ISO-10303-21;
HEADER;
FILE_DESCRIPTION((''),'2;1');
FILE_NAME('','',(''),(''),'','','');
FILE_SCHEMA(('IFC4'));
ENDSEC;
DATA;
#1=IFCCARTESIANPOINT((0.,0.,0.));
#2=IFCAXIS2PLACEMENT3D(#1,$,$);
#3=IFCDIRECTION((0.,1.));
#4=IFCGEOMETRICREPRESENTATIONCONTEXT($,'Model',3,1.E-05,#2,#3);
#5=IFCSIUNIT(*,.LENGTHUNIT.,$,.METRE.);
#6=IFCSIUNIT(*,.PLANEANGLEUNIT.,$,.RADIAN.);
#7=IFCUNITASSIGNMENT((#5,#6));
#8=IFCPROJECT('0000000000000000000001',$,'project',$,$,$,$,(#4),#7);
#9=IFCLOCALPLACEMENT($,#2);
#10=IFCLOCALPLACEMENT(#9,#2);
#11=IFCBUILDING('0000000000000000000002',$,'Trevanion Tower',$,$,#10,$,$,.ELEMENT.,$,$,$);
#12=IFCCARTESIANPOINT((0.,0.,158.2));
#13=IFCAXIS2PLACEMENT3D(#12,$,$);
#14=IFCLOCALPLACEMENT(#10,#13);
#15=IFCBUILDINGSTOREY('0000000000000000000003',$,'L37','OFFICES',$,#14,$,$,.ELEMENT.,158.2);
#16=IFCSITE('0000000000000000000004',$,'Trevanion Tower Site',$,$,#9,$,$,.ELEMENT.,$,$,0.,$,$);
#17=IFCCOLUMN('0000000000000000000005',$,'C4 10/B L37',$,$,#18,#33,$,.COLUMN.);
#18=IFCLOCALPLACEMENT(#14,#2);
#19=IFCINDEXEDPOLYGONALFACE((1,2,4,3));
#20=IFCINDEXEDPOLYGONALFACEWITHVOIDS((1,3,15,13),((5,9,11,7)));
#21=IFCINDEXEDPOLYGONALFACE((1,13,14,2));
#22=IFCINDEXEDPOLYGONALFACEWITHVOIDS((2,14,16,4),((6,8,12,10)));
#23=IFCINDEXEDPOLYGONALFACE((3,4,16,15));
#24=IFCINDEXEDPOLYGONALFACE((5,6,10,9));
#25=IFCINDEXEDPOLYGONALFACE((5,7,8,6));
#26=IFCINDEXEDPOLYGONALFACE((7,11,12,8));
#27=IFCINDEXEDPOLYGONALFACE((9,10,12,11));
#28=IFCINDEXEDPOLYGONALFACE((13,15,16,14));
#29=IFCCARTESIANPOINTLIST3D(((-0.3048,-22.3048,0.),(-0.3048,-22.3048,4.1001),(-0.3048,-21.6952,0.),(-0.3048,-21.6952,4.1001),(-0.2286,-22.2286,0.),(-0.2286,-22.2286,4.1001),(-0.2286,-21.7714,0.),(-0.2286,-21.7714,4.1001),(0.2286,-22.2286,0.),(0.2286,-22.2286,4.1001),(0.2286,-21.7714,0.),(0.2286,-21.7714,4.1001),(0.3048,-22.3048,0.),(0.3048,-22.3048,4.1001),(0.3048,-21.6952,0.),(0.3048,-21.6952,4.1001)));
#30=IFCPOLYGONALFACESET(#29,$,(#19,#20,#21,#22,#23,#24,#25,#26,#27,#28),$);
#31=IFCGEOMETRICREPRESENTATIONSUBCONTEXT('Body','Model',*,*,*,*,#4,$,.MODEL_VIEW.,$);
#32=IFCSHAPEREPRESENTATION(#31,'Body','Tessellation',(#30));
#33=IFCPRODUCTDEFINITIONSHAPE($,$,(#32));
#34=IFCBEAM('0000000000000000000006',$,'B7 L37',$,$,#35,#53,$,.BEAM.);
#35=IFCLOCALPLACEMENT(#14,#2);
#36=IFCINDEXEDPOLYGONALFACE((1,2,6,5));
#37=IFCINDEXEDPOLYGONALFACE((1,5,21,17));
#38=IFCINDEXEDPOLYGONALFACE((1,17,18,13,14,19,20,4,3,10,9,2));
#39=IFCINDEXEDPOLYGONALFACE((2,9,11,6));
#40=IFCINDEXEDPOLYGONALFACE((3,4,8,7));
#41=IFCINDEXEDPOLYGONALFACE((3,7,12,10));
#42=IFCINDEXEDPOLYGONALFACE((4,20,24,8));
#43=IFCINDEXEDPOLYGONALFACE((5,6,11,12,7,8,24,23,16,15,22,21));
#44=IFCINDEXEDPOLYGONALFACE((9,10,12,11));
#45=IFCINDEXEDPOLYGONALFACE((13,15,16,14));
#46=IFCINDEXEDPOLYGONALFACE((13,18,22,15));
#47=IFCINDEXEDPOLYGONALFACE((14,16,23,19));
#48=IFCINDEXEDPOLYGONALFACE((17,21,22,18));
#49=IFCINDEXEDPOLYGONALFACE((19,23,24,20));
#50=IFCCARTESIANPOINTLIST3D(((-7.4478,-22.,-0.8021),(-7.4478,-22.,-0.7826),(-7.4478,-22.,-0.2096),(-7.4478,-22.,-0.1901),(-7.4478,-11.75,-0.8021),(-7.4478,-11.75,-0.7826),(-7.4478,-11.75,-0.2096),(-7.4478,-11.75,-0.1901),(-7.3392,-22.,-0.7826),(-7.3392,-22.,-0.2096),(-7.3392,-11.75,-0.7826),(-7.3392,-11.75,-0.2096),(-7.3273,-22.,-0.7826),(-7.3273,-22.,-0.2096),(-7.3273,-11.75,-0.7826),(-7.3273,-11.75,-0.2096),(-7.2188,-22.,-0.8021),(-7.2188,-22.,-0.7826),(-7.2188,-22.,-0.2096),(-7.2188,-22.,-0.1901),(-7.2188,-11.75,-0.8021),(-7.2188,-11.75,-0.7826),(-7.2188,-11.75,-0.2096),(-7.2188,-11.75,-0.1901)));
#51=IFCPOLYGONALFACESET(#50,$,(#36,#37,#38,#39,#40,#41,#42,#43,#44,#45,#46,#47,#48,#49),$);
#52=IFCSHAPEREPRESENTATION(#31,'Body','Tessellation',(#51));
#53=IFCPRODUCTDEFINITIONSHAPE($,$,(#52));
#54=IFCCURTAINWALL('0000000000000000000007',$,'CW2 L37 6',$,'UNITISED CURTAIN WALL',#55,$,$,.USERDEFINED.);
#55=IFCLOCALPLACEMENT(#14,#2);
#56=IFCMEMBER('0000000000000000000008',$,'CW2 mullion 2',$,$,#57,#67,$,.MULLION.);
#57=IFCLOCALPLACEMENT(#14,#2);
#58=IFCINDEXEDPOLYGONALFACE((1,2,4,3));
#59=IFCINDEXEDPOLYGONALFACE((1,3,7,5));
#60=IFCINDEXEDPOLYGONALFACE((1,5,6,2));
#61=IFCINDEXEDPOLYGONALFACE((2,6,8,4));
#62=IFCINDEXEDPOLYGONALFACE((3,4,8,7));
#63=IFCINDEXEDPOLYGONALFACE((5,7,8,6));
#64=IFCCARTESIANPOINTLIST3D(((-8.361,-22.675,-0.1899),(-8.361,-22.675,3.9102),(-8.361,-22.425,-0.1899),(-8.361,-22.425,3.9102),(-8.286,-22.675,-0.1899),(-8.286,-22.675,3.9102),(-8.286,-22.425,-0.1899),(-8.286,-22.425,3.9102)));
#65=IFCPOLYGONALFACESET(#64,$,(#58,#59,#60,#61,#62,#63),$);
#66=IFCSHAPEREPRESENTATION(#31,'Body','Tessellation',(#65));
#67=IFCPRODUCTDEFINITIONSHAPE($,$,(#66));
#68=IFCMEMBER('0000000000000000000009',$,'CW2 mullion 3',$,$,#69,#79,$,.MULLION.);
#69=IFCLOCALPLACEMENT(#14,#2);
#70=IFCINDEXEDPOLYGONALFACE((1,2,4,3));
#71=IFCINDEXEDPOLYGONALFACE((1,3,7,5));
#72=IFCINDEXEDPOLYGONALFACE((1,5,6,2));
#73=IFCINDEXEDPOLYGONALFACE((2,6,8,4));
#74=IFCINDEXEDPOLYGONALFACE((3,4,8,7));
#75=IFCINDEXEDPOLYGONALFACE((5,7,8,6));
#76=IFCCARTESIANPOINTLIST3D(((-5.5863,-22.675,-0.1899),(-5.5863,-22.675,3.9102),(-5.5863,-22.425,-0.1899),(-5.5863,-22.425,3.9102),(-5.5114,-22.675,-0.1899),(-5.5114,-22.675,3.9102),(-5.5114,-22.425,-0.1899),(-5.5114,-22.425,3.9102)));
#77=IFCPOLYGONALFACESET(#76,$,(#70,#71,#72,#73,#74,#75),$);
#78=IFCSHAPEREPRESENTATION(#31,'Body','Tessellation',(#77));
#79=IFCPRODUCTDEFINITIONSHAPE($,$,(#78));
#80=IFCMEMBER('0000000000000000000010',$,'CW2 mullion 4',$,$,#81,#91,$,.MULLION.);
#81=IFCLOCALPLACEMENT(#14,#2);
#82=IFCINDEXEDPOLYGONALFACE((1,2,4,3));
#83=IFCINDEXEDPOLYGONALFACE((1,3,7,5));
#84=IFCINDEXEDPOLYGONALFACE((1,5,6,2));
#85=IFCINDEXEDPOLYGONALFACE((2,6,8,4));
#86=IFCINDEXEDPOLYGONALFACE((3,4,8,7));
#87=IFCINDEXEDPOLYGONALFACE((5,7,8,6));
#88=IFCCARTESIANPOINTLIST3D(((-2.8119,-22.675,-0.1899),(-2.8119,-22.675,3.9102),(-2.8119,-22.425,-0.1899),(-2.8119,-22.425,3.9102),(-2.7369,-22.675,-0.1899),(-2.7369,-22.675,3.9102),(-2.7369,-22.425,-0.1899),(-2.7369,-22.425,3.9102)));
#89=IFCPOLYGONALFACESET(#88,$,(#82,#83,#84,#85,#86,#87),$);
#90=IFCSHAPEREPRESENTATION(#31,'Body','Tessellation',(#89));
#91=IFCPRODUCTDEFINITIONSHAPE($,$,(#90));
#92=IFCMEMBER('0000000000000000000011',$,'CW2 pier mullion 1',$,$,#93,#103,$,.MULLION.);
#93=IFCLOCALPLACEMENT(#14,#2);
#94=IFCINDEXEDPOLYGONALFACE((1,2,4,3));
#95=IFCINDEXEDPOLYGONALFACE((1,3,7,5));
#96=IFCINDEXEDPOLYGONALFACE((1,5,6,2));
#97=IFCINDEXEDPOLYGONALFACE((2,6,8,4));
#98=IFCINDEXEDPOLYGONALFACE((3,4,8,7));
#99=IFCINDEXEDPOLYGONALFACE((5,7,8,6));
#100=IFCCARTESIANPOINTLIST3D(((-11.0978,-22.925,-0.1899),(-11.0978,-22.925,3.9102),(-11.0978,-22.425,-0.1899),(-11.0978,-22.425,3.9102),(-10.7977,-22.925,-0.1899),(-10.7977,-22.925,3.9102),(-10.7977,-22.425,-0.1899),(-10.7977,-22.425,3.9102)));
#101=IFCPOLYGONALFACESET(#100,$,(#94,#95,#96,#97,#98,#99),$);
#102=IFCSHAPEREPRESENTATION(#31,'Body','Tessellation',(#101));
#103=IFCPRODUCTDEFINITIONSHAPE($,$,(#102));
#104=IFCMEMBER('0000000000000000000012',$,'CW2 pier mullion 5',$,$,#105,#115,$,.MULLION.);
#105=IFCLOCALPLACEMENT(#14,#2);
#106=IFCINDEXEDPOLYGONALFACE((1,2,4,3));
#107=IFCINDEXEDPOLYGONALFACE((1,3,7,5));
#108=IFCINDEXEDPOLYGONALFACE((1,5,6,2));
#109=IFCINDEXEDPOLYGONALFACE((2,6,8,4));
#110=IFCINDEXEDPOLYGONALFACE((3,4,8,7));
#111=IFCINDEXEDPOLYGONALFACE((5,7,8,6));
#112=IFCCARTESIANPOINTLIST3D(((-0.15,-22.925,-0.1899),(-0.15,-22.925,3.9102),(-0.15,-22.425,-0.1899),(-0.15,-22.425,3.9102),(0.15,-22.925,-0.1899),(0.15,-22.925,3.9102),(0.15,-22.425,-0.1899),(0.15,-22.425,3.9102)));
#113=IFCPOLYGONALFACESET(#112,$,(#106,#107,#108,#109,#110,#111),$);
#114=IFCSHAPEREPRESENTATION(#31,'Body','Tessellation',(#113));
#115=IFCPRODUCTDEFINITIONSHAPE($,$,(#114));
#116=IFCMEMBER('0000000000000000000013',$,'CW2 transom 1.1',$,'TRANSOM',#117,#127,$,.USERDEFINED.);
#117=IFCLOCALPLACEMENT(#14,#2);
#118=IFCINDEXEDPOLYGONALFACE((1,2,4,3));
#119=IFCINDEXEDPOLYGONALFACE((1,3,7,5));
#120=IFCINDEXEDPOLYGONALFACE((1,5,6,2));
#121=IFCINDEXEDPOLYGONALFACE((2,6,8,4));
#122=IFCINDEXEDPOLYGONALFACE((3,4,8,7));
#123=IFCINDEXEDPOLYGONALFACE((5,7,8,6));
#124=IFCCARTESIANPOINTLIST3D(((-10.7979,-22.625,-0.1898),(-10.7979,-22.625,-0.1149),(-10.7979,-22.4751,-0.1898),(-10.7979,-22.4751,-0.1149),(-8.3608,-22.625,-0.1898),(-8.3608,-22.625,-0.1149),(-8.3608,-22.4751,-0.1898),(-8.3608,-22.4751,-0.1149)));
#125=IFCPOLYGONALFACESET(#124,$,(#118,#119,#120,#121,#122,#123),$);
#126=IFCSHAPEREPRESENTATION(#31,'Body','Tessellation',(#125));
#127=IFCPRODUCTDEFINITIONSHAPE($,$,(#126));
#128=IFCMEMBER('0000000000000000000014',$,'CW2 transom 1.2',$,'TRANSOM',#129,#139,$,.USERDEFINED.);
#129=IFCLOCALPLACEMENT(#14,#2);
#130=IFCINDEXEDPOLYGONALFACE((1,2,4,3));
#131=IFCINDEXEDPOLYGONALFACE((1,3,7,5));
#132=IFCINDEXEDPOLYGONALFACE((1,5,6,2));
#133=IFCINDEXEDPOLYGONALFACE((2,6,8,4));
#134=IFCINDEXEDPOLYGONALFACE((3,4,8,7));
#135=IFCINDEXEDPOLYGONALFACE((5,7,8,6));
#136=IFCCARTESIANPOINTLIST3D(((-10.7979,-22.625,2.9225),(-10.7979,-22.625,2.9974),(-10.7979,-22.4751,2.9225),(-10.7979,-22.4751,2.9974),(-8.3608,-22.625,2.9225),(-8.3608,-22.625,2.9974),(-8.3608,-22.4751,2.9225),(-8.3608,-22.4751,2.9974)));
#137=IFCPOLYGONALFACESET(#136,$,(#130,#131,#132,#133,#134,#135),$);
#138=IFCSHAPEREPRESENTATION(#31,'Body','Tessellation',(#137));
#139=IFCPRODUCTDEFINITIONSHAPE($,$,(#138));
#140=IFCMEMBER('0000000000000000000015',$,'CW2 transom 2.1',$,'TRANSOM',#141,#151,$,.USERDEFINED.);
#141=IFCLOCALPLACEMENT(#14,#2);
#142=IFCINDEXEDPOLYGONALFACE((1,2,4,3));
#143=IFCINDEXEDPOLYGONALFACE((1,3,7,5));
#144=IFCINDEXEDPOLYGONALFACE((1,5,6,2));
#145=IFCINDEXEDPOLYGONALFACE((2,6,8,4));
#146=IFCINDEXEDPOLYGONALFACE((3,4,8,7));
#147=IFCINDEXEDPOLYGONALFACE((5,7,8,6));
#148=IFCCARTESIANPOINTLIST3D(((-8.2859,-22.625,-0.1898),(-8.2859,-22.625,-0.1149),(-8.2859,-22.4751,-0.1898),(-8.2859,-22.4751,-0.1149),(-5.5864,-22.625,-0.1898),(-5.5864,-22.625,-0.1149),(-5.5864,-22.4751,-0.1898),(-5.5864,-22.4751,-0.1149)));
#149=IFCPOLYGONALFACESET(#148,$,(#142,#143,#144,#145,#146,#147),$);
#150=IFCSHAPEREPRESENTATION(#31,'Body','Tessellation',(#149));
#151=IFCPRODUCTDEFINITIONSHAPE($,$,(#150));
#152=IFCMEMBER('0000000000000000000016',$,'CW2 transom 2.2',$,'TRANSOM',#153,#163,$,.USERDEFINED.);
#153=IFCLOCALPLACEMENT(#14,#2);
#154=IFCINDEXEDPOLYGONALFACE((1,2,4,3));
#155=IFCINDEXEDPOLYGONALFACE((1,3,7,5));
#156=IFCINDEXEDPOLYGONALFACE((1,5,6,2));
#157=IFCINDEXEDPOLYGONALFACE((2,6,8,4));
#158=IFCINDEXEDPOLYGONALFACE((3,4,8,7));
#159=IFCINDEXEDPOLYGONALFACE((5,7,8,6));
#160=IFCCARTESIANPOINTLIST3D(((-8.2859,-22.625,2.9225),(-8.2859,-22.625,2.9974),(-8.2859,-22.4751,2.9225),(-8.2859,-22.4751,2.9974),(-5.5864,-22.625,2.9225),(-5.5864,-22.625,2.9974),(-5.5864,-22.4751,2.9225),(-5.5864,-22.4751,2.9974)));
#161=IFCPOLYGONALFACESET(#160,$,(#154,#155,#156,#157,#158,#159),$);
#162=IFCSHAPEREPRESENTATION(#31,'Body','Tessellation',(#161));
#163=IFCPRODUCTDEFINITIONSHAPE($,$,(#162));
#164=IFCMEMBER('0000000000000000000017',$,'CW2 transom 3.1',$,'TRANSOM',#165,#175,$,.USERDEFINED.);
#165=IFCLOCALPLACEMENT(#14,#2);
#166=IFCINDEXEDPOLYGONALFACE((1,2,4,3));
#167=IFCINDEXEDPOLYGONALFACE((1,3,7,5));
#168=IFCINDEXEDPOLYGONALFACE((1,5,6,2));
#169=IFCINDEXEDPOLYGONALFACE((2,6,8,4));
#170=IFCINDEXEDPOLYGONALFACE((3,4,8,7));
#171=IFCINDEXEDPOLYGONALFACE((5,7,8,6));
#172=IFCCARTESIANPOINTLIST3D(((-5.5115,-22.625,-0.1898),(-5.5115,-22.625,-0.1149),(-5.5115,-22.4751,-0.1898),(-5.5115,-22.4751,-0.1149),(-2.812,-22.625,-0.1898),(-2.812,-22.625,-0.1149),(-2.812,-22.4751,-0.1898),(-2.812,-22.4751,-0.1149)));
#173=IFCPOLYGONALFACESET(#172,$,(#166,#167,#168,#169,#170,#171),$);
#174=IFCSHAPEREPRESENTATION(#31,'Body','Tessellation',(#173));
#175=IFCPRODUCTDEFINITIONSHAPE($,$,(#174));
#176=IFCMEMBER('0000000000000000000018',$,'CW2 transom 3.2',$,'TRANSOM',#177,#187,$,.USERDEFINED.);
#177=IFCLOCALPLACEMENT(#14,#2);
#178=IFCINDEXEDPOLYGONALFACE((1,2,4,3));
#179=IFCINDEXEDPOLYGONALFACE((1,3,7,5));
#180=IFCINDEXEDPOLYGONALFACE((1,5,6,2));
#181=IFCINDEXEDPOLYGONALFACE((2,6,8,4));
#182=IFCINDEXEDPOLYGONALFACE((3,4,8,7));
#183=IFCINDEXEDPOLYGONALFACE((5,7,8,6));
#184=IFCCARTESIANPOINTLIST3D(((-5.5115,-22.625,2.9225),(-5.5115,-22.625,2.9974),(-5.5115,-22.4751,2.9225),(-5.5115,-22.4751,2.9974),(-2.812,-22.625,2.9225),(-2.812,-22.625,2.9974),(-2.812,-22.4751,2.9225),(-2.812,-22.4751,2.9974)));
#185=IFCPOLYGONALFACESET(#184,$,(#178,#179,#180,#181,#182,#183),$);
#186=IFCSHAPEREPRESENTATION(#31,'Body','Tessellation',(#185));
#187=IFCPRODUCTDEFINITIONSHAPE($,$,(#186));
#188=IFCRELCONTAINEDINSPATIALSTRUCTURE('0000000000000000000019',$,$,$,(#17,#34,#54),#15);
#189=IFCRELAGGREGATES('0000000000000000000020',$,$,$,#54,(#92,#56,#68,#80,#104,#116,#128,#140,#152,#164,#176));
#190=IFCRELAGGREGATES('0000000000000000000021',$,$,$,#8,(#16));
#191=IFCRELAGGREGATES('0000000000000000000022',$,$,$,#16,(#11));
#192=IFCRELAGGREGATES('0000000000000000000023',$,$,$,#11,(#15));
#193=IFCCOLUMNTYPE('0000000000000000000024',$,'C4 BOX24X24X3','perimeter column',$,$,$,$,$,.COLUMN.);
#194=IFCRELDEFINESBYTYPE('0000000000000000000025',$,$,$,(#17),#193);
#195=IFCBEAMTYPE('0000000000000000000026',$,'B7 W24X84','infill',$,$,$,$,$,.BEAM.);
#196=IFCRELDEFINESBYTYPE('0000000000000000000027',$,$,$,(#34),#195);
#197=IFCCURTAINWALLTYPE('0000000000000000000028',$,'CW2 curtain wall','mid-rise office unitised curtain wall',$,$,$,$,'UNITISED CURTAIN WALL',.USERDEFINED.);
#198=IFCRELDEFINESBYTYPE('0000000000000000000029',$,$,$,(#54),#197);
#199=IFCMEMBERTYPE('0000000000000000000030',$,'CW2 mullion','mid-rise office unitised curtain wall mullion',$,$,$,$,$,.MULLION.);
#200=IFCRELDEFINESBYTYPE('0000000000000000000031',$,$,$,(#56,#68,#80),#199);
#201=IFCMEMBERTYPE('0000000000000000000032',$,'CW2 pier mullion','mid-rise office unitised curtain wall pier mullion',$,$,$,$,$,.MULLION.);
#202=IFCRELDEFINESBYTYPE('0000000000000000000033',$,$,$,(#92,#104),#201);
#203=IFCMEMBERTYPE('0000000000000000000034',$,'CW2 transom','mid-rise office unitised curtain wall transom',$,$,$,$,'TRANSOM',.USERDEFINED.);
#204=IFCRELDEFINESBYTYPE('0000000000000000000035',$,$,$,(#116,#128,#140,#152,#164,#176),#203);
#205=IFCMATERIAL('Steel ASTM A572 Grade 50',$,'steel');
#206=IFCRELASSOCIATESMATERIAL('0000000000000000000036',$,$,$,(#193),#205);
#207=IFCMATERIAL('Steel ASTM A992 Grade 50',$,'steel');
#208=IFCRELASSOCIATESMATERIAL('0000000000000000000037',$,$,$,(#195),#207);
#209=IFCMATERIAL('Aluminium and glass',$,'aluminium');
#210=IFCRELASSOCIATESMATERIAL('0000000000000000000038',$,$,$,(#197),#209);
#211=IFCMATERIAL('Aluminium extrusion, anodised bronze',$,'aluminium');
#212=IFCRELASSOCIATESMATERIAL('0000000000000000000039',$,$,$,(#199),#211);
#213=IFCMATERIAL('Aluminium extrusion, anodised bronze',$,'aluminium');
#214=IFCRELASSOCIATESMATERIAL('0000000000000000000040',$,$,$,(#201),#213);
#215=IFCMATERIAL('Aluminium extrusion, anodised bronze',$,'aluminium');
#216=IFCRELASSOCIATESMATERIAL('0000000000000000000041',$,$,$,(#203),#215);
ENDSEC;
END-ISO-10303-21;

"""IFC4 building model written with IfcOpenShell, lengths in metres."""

from ifc_helpers import new_model, si_unit, direction, frame, origin, origin_2d, place, context, subcontext, project, spatial, rectangle, hollow_rectangle, i_section, extrude, material, material_profile, profile_set, type_object, element, aggregate, save


model = new_model("IFC4")

# Units and contexts
model_context = context("Model", 3, precision=1e-05, world=origin(), true_north=direction((0.0, 1.0)))
body_context = subcontext(model_context, "Body", "Model", "MODEL_VIEW")
ifc_project = project(units=[si_unit("LENGTHUNIT", "METRE"), si_unit("PLANEANGLEUNIT", "RADIAN")], contexts=[model_context])

# Site, building, storey
site_placement = place(None, origin())
site = spatial("IfcSite", under=ifc_project, at=site_placement, Name="Trevanion Tower Site", CompositionType="ELEMENT", RefElevation=0.0)
building_placement = place(site_placement, origin())
building = spatial("IfcBuilding", under=site, at=building_placement, Name="Trevanion Tower", CompositionType="ELEMENT")
storey_placement = place(building_placement, frame((0.0, 0.0, 158.2)))
storey = spatial("IfcBuildingStorey", under=building, at=storey_placement, Name="L37", Description="OFFICES", CompositionType="ELEMENT", Elevation=158.2)

# Column
ifc_material_1 = material(Name="Steel ASTM A572 Grade 50", Category="steel")
ifc_material_profile_1 = material_profile(ifc_material_1, hollow_rectangle(XDim=0.6096, YDim=0.6096, WallThickness=0.0762, at=origin_2d()), Name="BOX24X24X3")
ifc_profile_set_1 = profile_set([ifc_material_profile_1], Name="Steel ASTM A572 Grade 50")
column_type = type_object("IfcColumnType", Name="C4 BOX24X24X3", Description="perimeter column", PredefinedType="COLUMN", material=ifc_profile_set_1)
column_placement = place(storey_placement, frame((0.0, -22.0, 0.0), z_axis=(0.0, 0.0, 1.0), x_axis=(1.0, 0.0, 0.0)))
element("IfcColumn", 1, at=column_placement, inside=storey, type_object=column_type, Name="C4 10/B L37", PredefinedType="COLUMN", context=body_context, shape_type="SweptSolid", body=[
    extrude(hollow_rectangle(XDim=0.6096, YDim=0.6096, WallThickness=0.0762, at=origin_2d()), origin(), (0.0, 0.0, 1.0), 4.1001),
])

# Beam
ifc_material_2 = material(Name="Steel ASTM A992 Grade 50", Category="steel")
ifc_material_profile_2 = material_profile(ifc_material_2, i_section(OverallWidth=0.229, OverallDepth=0.6121, WebThickness=0.012, FlangeThickness=0.0195, at=origin_2d()), Name="W24X84")
ifc_profile_set_2 = profile_set([ifc_material_profile_2], Name="Steel ASTM A992 Grade 50")
beam_type_1 = type_object("IfcBeamType", Name="B7 W24X84", Description="infill", PredefinedType="BEAM", material=ifc_profile_set_2)
beam_1_placement = place(storey_placement, frame((-7.3333, -11.75, -0.4961), z_axis=(0.0, -1.0, 0.0), x_axis=(1.0, 0.0, 0.0)))
element("IfcBeam", 2, at=beam_1_placement, inside=storey, type_object=beam_type_1, Name="B7 L37", PredefinedType="BEAM", context=body_context, shape_type="SweptSolid", body=[
    extrude(i_section(OverallWidth=0.229, OverallDepth=0.6121, WebThickness=0.012, FlangeThickness=0.0195, at=origin_2d()), origin(), (0.0, 0.0, 1.0), 10.25),
])

# Curtain wall, members
ifc_material_3 = material(Name="Aluminium and glass", Category="aluminium")
curtain_wall_type = type_object("IfcCurtainWallType", Name="CW2 curtain wall", Description="mid-rise office unitised curtain wall", ElementType="UNITISED CURTAIN WALL", PredefinedType="USERDEFINED", material=ifc_material_3)
curtain_wall_placement = place(storey_placement, origin())
curtain_wall = element("IfcCurtainWall", 3, at=curtain_wall_placement, inside=storey, type_object=curtain_wall_type, Name="CW2 L37 6", ObjectType="UNITISED CURTAIN WALL", PredefinedType="USERDEFINED")
ifc_material_4 = material(Name="Aluminium extrusion, anodised bronze", Category="aluminium")
ifc_material_profile_3 = material_profile(ifc_material_4, rectangle(XDim=0.075, YDim=0.25, at=origin_2d()), Name="CW2 mullion")
ifc_profile_set_3 = profile_set([ifc_material_profile_3], Name="Aluminium extrusion, anodised bronze")
member_type_1 = type_object("IfcMemberType", Name="CW2 mullion", Description="mid-rise office unitised curtain wall mullion", PredefinedType="MULLION", material=ifc_profile_set_3)
member_1_placement = place(storey_placement, frame((-8.3235, -22.55, -0.1899), z_axis=(0.0, 0.0, 1.0), x_axis=(1.0, 0.0, 0.0)))
member_1 = element("IfcMember", 4, at=member_1_placement, type_object=member_type_1, Name="CW2 mullion 2", PredefinedType="MULLION", context=body_context, shape_type="SweptSolid", body=[
    extrude(rectangle(XDim=0.075, YDim=0.25, at=origin_2d()), origin(), (0.0, 0.0, 1.0), 4.1001),
])
member_2_placement = place(storey_placement, frame((-5.5488, -22.55, -0.1899), z_axis=(0.0, 0.0, 1.0), x_axis=(1.0, 0.0, 0.0)))
member_2 = element("IfcMember", 5, at=member_2_placement, type_object=member_type_1, Name="CW2 mullion 3", PredefinedType="MULLION", context=body_context, shape_type="SweptSolid", body=[
    extrude(rectangle(XDim=0.075, YDim=0.25, at=origin_2d()), origin(), (0.0, 0.0, 1.0), 4.1001),
])
member_3_placement = place(storey_placement, frame((-2.7744, -22.55, -0.1899), z_axis=(0.0, 0.0, 1.0), x_axis=(1.0, 0.0, 0.0)))
member_3 = element("IfcMember", 6, at=member_3_placement, type_object=member_type_1, Name="CW2 mullion 4", PredefinedType="MULLION", context=body_context, shape_type="SweptSolid", body=[
    extrude(rectangle(XDim=0.075, YDim=0.25, at=origin_2d()), origin(), (0.0, 0.0, 1.0), 4.1001),
])
ifc_material_5 = material(Name="Aluminium extrusion, anodised bronze", Category="aluminium")
ifc_material_profile_4 = material_profile(ifc_material_5, rectangle(XDim=0.3, YDim=0.5, at=origin_2d()), Name="CW2 pier mullion")
ifc_profile_set_4 = profile_set([ifc_material_profile_4], Name="Aluminium extrusion, anodised bronze")
member_type_2 = type_object("IfcMemberType", Name="CW2 pier mullion", Description="mid-rise office unitised curtain wall pier mullion", PredefinedType="MULLION", material=ifc_profile_set_4)
member_4_placement = place(storey_placement, frame((-10.9478, -22.675, -0.1899), z_axis=(0.0, 0.0, 1.0), x_axis=(1.0, 0.0, 0.0)))
member_4 = element("IfcMember", 7, at=member_4_placement, type_object=member_type_2, Name="CW2 pier mullion 1", PredefinedType="MULLION", context=body_context, shape_type="SweptSolid", body=[
    extrude(rectangle(XDim=0.3, YDim=0.5, at=origin_2d()), origin(), (0.0, 0.0, 1.0), 4.1001),
])
member_5_placement = place(storey_placement, frame((0.0, -22.675, -0.1899), z_axis=(0.0, 0.0, 1.0), x_axis=(1.0, 0.0, 0.0)))
member_5 = element("IfcMember", 8, at=member_5_placement, type_object=member_type_2, Name="CW2 pier mullion 5", PredefinedType="MULLION", context=body_context, shape_type="SweptSolid", body=[
    extrude(rectangle(XDim=0.3, YDim=0.5, at=origin_2d()), origin(), (0.0, 0.0, 1.0), 4.1001),
])
ifc_material_6 = material(Name="Aluminium extrusion, anodised bronze", Category="aluminium")
ifc_material_profile_5 = material_profile(ifc_material_6, rectangle(XDim=0.1499, YDim=0.075, at=origin_2d()), Name="CW2 transom")
ifc_profile_set_5 = profile_set([ifc_material_profile_5], Name="Aluminium extrusion, anodised bronze")
member_type_3 = type_object("IfcMemberType", Name="CW2 transom", Description="mid-rise office unitised curtain wall transom", ElementType="TRANSOM", PredefinedType="USERDEFINED", material=ifc_profile_set_5)
member_6_placement = place(storey_placement, frame((-10.7979, -22.55, -0.1523), z_axis=(1.0, 0.0, 0.0), x_axis=(0.0, 1.0, 0.0)))
member_6 = element("IfcMember", 9, at=member_6_placement, type_object=member_type_3, Name="CW2 transom 1.1", ObjectType="TRANSOM", PredefinedType="USERDEFINED", context=body_context, shape_type="SweptSolid", body=[
    extrude(rectangle(XDim=0.1499, YDim=0.075, at=origin_2d()), origin(), (0.0, 0.0, 1.0), 2.437),
])
member_7_placement = place(storey_placement, frame((-10.7979, -22.55, 2.96), z_axis=(1.0, 0.0, 0.0), x_axis=(0.0, 1.0, 0.0)))
member_7 = element("IfcMember", 10, at=member_7_placement, type_object=member_type_3, Name="CW2 transom 1.2", ObjectType="TRANSOM", PredefinedType="USERDEFINED", context=body_context, shape_type="SweptSolid", body=[
    extrude(rectangle(XDim=0.1499, YDim=0.075, at=origin_2d()), origin(), (0.0, 0.0, 1.0), 2.437),
])
member_8_placement = place(storey_placement, frame((-8.2859, -22.55, -0.1523), z_axis=(1.0, 0.0, 0.0), x_axis=(0.0, 1.0, 0.0)))
member_8 = element("IfcMember", 11, at=member_8_placement, type_object=member_type_3, Name="CW2 transom 2.1", ObjectType="TRANSOM", PredefinedType="USERDEFINED", context=body_context, shape_type="SweptSolid", body=[
    extrude(rectangle(XDim=0.1499, YDim=0.075, at=origin_2d()), origin(), (0.0, 0.0, 1.0), 2.6995),
])
member_9_placement = place(storey_placement, frame((-8.2859, -22.55, 2.96), z_axis=(1.0, 0.0, 0.0), x_axis=(0.0, 1.0, 0.0)))
member_9 = element("IfcMember", 12, at=member_9_placement, type_object=member_type_3, Name="CW2 transom 2.2", ObjectType="TRANSOM", PredefinedType="USERDEFINED", context=body_context, shape_type="SweptSolid", body=[
    extrude(rectangle(XDim=0.1499, YDim=0.075, at=origin_2d()), origin(), (0.0, 0.0, 1.0), 2.6995),
])
member_10_placement = place(storey_placement, frame((-5.5115, -22.55, -0.1523), z_axis=(1.0, 0.0, 0.0), x_axis=(0.0, 1.0, 0.0)))
member_10 = element("IfcMember", 13, at=member_10_placement, type_object=member_type_3, Name="CW2 transom 3.1", ObjectType="TRANSOM", PredefinedType="USERDEFINED", context=body_context, shape_type="SweptSolid", body=[
    extrude(rectangle(XDim=0.1499, YDim=0.075, at=origin_2d()), origin(), (0.0, 0.0, 1.0), 2.6995),
])
member_11_placement = place(storey_placement, frame((-5.5115, -22.55, 2.96), z_axis=(1.0, 0.0, 0.0), x_axis=(0.0, 1.0, 0.0)))
member_11 = element("IfcMember", 14, at=member_11_placement, type_object=member_type_3, Name="CW2 transom 3.2", ObjectType="TRANSOM", PredefinedType="USERDEFINED", context=body_context, shape_type="SweptSolid", body=[
    extrude(rectangle(XDim=0.1499, YDim=0.075, at=origin_2d()), origin(), (0.0, 0.0, 1.0), 2.6995),
])

aggregate(curtain_wall, [member_4, member_1, member_2, member_3, member_5, member_6, member_7, member_8, member_9, member_10, member_11])

save(model, "model.ifc")
